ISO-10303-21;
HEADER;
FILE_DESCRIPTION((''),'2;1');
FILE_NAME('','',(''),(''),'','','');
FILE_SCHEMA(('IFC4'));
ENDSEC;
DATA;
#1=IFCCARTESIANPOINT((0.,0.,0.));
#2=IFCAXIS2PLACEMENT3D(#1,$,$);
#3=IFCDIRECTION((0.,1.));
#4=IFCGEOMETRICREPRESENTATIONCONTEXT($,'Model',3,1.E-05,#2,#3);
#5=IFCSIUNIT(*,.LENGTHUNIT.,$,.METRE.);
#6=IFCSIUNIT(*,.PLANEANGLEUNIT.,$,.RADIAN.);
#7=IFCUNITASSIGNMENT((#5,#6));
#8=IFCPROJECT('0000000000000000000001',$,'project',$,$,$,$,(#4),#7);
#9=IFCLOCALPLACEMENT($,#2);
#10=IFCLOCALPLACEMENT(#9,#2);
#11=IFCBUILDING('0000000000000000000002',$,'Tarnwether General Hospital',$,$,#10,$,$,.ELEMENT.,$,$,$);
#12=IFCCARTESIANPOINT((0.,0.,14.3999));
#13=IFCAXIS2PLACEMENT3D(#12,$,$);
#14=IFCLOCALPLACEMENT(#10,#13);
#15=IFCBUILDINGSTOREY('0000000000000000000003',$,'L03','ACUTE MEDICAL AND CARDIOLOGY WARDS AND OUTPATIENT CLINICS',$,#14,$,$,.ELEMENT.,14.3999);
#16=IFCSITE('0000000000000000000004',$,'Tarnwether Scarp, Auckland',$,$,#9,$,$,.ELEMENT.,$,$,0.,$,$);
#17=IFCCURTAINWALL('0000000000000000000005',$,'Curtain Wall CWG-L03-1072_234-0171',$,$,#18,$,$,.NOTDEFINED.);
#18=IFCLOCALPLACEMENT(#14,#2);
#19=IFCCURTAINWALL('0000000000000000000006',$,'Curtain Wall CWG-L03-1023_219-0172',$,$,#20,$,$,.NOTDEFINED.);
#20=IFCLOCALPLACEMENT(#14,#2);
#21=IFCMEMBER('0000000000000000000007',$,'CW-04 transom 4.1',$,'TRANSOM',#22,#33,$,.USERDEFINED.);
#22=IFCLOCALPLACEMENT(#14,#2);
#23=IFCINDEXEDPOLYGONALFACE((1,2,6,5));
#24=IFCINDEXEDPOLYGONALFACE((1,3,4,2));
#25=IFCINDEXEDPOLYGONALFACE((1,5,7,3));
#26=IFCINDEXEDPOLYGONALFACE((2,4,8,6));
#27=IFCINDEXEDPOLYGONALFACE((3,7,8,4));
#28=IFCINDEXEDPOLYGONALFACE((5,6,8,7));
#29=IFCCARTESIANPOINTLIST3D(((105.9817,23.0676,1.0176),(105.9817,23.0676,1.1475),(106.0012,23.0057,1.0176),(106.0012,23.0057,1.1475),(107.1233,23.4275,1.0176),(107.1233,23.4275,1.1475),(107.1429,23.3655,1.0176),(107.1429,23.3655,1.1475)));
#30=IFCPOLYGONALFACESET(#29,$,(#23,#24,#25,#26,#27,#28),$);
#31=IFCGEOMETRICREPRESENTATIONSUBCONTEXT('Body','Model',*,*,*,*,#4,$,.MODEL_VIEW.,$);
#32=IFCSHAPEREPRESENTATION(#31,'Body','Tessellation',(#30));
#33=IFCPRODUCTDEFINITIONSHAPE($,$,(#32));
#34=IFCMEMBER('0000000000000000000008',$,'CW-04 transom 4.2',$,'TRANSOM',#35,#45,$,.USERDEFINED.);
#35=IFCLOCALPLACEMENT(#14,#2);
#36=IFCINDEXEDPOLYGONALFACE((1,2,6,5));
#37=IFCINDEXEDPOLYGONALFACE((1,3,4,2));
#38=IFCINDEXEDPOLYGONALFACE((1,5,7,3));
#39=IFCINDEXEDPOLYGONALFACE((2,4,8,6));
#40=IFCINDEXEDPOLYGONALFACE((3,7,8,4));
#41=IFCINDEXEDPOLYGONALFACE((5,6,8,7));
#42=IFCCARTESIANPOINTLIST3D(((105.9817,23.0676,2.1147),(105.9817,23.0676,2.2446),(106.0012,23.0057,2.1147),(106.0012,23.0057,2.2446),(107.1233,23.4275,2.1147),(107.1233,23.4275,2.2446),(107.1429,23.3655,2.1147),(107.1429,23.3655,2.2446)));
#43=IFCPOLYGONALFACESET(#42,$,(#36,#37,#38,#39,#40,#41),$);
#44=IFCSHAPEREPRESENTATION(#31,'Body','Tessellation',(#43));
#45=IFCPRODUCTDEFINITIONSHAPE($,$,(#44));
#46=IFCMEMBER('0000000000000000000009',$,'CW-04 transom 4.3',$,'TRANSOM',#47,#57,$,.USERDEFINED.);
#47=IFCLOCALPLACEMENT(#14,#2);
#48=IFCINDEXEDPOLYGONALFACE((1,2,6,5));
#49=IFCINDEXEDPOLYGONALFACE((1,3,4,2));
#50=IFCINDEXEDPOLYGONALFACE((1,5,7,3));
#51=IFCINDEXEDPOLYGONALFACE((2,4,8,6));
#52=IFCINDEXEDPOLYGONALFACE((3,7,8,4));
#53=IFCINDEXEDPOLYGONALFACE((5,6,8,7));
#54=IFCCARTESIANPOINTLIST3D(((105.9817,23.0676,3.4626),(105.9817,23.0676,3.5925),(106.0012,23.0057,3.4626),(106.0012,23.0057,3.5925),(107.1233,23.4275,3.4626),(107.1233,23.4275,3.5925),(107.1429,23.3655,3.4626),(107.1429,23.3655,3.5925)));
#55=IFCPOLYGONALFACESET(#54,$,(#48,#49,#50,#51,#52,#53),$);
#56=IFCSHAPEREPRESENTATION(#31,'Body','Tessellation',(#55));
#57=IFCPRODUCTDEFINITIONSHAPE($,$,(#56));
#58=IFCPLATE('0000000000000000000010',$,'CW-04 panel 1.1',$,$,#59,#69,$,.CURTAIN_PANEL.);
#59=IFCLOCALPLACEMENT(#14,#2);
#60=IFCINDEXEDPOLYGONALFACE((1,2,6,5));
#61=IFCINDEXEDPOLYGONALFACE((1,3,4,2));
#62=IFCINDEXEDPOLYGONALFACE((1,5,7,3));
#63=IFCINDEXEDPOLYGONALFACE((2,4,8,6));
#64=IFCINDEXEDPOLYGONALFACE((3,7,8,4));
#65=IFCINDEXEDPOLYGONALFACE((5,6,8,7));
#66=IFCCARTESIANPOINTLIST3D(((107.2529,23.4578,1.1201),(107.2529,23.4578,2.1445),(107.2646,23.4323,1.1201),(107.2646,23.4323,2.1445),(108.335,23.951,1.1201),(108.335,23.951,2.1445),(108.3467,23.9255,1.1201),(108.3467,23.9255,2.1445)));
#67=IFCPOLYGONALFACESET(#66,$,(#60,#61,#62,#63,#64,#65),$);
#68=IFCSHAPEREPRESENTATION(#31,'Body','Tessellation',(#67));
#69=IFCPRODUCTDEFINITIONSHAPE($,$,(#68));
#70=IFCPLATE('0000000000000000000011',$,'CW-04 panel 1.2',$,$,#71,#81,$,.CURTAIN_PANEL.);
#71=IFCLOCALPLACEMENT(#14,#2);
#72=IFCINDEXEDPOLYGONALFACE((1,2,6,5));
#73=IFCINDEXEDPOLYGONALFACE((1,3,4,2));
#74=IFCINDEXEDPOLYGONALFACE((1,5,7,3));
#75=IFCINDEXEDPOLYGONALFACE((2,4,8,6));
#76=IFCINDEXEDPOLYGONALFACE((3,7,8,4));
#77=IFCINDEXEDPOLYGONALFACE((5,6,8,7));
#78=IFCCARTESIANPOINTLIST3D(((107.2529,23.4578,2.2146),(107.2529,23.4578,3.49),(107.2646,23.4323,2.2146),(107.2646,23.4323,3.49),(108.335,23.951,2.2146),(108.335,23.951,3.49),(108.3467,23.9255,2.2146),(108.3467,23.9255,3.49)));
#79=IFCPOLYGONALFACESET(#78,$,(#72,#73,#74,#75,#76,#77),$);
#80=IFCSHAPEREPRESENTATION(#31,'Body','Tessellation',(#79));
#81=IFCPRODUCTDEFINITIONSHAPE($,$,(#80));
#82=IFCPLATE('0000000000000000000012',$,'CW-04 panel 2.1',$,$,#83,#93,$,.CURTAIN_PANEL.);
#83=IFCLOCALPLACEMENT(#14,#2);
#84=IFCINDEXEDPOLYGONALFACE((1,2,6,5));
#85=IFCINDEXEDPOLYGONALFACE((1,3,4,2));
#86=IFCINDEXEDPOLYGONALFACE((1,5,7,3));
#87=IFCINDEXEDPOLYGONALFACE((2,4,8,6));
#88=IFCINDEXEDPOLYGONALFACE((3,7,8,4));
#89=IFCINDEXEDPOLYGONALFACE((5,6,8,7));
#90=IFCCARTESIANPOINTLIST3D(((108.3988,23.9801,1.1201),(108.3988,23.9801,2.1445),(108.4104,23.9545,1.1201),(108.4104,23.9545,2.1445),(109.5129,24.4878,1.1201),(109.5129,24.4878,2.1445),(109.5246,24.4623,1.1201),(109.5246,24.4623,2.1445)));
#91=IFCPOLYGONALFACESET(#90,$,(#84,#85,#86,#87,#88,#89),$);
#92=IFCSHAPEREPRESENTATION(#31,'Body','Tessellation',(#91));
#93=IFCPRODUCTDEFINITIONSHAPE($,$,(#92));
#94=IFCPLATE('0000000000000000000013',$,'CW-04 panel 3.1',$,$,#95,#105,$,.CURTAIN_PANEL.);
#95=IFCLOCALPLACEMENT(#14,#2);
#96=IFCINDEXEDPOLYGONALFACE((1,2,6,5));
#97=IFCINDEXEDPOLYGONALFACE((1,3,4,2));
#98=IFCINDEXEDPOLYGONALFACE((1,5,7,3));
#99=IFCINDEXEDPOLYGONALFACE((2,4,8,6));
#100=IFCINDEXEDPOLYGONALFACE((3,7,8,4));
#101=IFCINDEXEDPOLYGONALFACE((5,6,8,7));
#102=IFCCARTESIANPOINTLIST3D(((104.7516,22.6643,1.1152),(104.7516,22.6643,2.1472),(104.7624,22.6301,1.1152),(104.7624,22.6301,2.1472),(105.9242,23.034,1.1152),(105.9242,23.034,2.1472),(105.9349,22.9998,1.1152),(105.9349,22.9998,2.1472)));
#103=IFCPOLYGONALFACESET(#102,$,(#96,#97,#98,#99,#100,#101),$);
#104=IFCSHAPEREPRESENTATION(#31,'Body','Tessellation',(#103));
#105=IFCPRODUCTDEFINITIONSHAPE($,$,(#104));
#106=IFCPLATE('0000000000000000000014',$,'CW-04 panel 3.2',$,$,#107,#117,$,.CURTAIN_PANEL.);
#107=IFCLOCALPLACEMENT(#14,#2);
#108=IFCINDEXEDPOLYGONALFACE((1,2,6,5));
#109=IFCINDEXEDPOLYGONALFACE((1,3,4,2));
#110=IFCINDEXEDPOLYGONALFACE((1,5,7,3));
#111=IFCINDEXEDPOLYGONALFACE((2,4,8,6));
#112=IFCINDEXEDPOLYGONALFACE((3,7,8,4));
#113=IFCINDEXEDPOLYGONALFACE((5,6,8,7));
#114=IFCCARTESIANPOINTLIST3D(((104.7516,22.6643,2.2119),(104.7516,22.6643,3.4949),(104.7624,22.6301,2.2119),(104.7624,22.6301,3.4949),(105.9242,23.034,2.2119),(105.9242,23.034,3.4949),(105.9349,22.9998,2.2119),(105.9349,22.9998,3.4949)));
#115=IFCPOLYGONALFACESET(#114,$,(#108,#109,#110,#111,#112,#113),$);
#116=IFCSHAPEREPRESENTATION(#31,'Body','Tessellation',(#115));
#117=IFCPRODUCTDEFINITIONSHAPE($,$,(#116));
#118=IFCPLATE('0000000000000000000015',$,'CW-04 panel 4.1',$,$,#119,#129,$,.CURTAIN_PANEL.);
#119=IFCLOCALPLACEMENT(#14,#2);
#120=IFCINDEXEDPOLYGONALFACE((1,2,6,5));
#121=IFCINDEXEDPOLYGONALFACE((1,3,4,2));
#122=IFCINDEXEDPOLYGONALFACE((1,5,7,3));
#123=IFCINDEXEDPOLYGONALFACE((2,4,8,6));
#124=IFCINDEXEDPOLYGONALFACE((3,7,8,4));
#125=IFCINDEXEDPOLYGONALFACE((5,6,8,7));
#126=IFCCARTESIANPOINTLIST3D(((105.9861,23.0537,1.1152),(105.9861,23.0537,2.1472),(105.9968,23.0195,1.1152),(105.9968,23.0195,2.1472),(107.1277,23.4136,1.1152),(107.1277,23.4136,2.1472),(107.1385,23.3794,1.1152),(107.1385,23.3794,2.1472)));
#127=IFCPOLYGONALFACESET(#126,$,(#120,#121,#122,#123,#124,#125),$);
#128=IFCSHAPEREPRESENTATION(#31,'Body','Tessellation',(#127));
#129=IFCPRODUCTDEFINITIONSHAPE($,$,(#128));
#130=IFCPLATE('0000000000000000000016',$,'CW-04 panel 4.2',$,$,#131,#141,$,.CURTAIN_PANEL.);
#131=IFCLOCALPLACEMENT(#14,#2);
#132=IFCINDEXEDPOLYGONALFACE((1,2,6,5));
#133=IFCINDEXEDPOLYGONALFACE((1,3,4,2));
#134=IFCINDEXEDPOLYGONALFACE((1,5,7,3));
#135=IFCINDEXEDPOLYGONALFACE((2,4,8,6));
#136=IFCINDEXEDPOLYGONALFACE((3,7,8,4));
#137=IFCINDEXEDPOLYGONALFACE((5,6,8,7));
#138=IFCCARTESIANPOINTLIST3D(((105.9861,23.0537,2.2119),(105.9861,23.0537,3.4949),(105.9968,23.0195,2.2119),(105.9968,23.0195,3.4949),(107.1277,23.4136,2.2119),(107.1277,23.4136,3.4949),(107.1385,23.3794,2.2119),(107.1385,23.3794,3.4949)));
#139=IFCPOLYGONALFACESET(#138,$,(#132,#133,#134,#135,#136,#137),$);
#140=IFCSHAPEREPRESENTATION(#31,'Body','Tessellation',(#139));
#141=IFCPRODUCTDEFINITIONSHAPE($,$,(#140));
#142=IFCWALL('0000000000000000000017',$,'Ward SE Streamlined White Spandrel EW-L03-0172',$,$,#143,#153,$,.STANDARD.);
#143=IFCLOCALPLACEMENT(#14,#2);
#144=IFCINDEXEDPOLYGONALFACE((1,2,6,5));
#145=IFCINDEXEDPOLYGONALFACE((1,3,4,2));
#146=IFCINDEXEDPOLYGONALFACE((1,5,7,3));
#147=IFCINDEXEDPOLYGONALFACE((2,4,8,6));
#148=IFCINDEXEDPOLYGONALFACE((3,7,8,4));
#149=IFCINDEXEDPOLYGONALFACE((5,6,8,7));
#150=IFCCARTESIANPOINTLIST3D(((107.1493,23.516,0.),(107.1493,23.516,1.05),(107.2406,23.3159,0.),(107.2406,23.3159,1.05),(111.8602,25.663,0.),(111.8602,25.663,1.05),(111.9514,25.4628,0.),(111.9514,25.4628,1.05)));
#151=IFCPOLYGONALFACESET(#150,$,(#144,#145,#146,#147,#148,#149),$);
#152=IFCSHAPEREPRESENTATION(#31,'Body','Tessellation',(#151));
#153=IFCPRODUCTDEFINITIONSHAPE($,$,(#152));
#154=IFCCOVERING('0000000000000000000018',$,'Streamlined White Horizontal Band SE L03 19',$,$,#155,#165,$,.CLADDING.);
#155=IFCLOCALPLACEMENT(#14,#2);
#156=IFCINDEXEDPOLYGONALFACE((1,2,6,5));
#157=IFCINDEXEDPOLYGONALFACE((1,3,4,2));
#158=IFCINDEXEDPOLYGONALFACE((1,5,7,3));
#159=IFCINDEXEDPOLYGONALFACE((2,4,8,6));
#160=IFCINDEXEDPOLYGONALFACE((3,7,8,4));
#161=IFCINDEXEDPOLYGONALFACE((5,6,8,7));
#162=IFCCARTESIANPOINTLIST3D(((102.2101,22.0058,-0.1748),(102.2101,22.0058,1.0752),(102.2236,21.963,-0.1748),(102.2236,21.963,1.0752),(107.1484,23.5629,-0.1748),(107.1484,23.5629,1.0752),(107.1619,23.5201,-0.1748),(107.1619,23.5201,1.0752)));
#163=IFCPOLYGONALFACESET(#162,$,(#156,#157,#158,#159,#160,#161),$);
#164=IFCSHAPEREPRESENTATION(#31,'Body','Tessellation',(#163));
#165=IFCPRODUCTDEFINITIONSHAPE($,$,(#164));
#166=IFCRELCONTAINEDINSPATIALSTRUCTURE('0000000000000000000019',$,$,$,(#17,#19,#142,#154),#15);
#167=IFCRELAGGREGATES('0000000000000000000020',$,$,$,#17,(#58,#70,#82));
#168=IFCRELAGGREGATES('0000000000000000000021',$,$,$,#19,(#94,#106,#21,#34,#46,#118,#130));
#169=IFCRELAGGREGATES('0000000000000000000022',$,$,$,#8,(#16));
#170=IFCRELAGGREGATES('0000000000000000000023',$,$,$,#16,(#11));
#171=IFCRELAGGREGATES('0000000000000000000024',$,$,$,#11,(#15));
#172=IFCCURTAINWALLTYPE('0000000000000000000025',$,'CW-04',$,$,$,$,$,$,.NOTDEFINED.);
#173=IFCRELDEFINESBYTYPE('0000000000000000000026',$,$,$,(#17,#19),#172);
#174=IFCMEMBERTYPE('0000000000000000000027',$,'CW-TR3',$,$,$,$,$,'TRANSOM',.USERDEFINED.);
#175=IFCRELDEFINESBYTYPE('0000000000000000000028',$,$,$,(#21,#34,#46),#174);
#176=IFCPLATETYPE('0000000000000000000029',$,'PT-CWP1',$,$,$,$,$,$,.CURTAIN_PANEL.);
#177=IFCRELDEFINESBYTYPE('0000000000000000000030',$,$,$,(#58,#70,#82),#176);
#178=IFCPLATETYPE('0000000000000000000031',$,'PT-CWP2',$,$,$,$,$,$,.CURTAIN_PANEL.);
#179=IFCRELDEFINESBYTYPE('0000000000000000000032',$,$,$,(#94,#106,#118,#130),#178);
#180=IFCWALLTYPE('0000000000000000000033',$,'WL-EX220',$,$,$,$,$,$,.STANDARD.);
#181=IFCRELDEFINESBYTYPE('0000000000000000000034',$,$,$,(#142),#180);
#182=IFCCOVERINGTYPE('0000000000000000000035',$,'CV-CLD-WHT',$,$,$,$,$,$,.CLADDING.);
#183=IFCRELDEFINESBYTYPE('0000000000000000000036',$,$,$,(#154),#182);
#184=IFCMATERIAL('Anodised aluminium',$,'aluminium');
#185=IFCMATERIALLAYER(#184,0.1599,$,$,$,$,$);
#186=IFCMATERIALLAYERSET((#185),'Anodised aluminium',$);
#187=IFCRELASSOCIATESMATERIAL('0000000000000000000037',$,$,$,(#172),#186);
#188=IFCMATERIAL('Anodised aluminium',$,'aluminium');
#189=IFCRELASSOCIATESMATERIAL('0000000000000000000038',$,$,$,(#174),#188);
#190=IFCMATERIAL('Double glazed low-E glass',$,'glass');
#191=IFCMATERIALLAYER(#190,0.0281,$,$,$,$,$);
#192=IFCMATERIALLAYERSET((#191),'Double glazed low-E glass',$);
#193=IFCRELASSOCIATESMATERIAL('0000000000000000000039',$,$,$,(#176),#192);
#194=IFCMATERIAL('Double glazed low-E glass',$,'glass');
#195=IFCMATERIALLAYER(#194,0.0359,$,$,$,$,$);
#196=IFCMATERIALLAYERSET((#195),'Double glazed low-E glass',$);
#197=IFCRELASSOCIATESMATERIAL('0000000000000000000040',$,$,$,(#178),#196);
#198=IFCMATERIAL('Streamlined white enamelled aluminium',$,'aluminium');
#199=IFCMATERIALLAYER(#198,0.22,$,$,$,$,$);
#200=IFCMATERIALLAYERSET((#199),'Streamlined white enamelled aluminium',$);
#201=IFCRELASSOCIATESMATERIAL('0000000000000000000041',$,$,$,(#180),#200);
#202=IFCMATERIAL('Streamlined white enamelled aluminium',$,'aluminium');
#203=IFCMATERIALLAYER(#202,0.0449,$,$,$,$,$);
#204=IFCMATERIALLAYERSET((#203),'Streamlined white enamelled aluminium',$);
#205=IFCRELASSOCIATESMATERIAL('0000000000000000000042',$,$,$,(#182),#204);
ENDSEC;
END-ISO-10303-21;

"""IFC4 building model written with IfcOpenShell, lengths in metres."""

from ifc_helpers import new_model, si_unit, direction, frame, frame_2d, origin, origin_2d, place, context, subcontext, project, spatial, rectangle, extrude, material, layer, layer_set, material_profile, profile_set, type_object, element, aggregate, save


model = new_model("IFC4")

# Units and contexts
model_context = context("Model", 3, precision=1e-05, world=origin(), true_north=direction((0.0, 1.0)))
body_context = subcontext(model_context, "Body", "Model", "MODEL_VIEW")
ifc_project = project(units=[si_unit("LENGTHUNIT", "METRE"), si_unit("PLANEANGLEUNIT", "RADIAN")], contexts=[model_context])

# Site, building, storey
site_placement = place(None, origin())
site = spatial("IfcSite", under=ifc_project, at=site_placement, Name="Tarnwether Scarp, Auckland", CompositionType="ELEMENT", RefElevation=0.0)
building_placement = place(site_placement, origin())
building = spatial("IfcBuilding", under=site, at=building_placement, Name="Tarnwether General Hospital", CompositionType="ELEMENT")
storey_placement = place(building_placement, frame((0.0, 0.0, 14.3999)))
storey = spatial("IfcBuildingStorey", under=building, at=storey_placement, Name="L03", Description="ACUTE MEDICAL AND CARDIOLOGY WARDS AND OUTPATIENT CLINICS", CompositionType="ELEMENT", Elevation=14.3999)

# Curtain walls
ifc_material_1 = material(Name="Anodised aluminium", Category="aluminium")
ifc_layer_1 = layer(ifc_material_1, 0.1599)
ifc_layer_set_1 = layer_set([ifc_layer_1], Name="Anodised aluminium")
curtain_wall_type = type_object("IfcCurtainWallType", Name="CW-04", PredefinedType="NOTDEFINED", material=ifc_layer_set_1)
curtain_wall_1_placement = place(storey_placement, origin())
curtain_wall_1 = element("IfcCurtainWall", 1, at=curtain_wall_1_placement, inside=storey, type_object=curtain_wall_type, Name="Curtain Wall CWG-L03-1072_234-0171", PredefinedType="NOTDEFINED")
curtain_wall_2_placement = place(storey_placement, origin())
curtain_wall_2 = element("IfcCurtainWall", 2, at=curtain_wall_2_placement, inside=storey, type_object=curtain_wall_type, Name="Curtain Wall CWG-L03-1023_219-0172", PredefinedType="NOTDEFINED")

# Members
ifc_material_2 = material(Name="Anodised aluminium", Category="aluminium")
ifc_material_profile_1 = material_profile(ifc_material_2, rectangle(XDim=0.0649, YDim=0.1299, at=origin_2d()), Name="ALU-TRN-65x130")
ifc_profile_set_1 = profile_set([ifc_material_profile_1], Name="Anodised aluminium")
member_type_1 = type_object("IfcMemberType", Name="CW-TR3", ElementType="TRANSOM", PredefinedType="USERDEFINED", material=ifc_profile_set_1)
member_1_placement = place(storey_placement, frame((105.9915, 23.0366, 1.0825), z_axis=(0.953737, 0.300643, 0.0), x_axis=(-0.300643, 0.953737, 0.0)))
member_1 = element("IfcMember", 3, at=member_1_placement, type_object=member_type_1, Name="CW-04 transom 4.1", ObjectType="TRANSOM", PredefinedType="USERDEFINED", context=body_context, shape_type="SweptSolid", body=[
    extrude(rectangle(XDim=0.0649, YDim=0.1299, at=origin_2d()), origin(), (0.0, 0.0, 1.0), 1.197),
])
member_2_placement = place(storey_placement, frame((105.9915, 23.0366, 2.1797), z_axis=(0.953737, 0.300643, 0.0), x_axis=(-0.300643, 0.953737, 0.0)))
member_2 = element("IfcMember", 4, at=member_2_placement, type_object=member_type_1, Name="CW-04 transom 4.2", ObjectType="TRANSOM", PredefinedType="USERDEFINED", context=body_context, shape_type="SweptSolid", body=[
    extrude(rectangle(XDim=0.0649, YDim=0.1299, at=origin_2d()), origin(), (0.0, 0.0, 1.0), 1.197),
])
member_3_placement = place(storey_placement, frame((105.9915, 23.0366, 3.5276), z_axis=(0.953737, 0.300643, 0.0), x_axis=(-0.300643, 0.953737, 0.0)))
member_3 = element("IfcMember", 5, at=member_3_placement, type_object=member_type_1, Name="CW-04 transom 4.3", ObjectType="TRANSOM", PredefinedType="USERDEFINED", context=body_context, shape_type="SweptSolid", body=[
    extrude(rectangle(XDim=0.0649, YDim=0.1299, at=origin_2d()), origin(), (0.0, 0.0, 1.0), 1.197),
])

# Plates
ifc_material_3 = material(Name="Double glazed low-E glass", Category="glass")
ifc_layer_2 = layer(ifc_material_3, 0.0281)
ifc_layer_set_2 = layer_set([ifc_layer_2], Name="Double glazed low-E glass")
plate_type_1 = type_object("IfcPlateType", Name="PT-CWP1", PredefinedType="CURTAIN_PANEL", material=ifc_layer_set_2)
plate_1_placement = place(storey_placement, frame((107.7998, 23.6917, 1.1201), z_axis=(0.0, 0.0, 1.0), x_axis=(0.909956, 0.414705, 0.0)))
plate_1 = element("IfcPlate", 6, at=plate_1_placement, type_object=plate_type_1, Name="CW-04 panel 1.1", PredefinedType="CURTAIN_PANEL", context=body_context, shape_type="SweptSolid", body=[
    extrude(rectangle(XDim=1.1892, YDim=0.0281, at=origin_2d()), origin(), (0.0, 0.0, 1.0), 1.0244),
])
plate_2_placement = place(storey_placement, frame((107.7998, 23.6917, 2.2146), z_axis=(0.0, 0.0, 1.0), x_axis=(0.909956, 0.414705, 0.0)))
plate_2 = element("IfcPlate", 7, at=plate_2_placement, type_object=plate_type_1, Name="CW-04 panel 1.2", PredefinedType="CURTAIN_PANEL", context=body_context, shape_type="SweptSolid", body=[
    extrude(rectangle(XDim=1.1892, YDim=0.0281, at=origin_2d()), origin(), (0.0, 0.0, 1.0), 1.2754),
])
plate_3_placement = place(storey_placement, frame((108.9617, 24.2212, 1.1201), z_axis=(0.0, 0.0, 1.0), x_axis=(0.909956, 0.414705, 0.0)))
plate_3 = element("IfcPlate", 8, at=plate_3_placement, type_object=plate_type_1, Name="CW-04 panel 2.1", PredefinedType="CURTAIN_PANEL", context=body_context, shape_type="SweptSolid", body=[
    extrude(rectangle(XDim=1.2244, YDim=0.0281, at=origin_2d()), origin(), (0.0, 0.0, 1.0), 1.0244),
])
aggregate(curtain_wall_1, [plate_1, plate_2, plate_3])
ifc_material_4 = material(Name="Double glazed low-E glass", Category="glass")
ifc_layer_3 = layer(ifc_material_4, 0.0359)
ifc_layer_set_3 = layer_set([ifc_layer_3], Name="Double glazed low-E glass")
plate_type_2 = type_object("IfcPlateType", Name="PT-CWP2", PredefinedType="CURTAIN_PANEL", material=ifc_layer_set_3)
plate_4_placement = place(storey_placement, frame((105.3433, 22.832, 1.1152), z_axis=(0.0, 0.0, 1.0), x_axis=(0.953714, 0.300715, 0.0)))
plate_4 = element("IfcPlate", 9, at=plate_4_placement, type_object=plate_type_2, Name="CW-04 panel 3.1", PredefinedType="CURTAIN_PANEL", context=body_context, shape_type="SweptSolid", body=[
    extrude(rectangle(XDim=1.2295, YDim=0.0359, at=origin_2d()), origin(), (0.0, 0.0, 1.0), 1.032),
])
plate_5_placement = place(storey_placement, frame((105.3433, 22.832, 2.2119), z_axis=(0.0, 0.0, 1.0), x_axis=(0.953714, 0.300715, 0.0)))
plate_5 = element("IfcPlate", 10, at=plate_5_placement, type_object=plate_type_2, Name="CW-04 panel 3.2", PredefinedType="CURTAIN_PANEL", context=body_context, shape_type="SweptSolid", body=[
    extrude(rectangle(XDim=1.2295, YDim=0.0359, at=origin_2d()), origin(), (0.0, 0.0, 1.0), 1.283),
])
plate_6_placement = place(storey_placement, frame((106.5623, 23.2166, 1.1152), z_axis=(0.0, 0.0, 1.0), x_axis=(0.953714, 0.300715, 0.0)))
plate_6 = element("IfcPlate", 11, at=plate_6_placement, type_object=plate_type_2, Name="CW-04 panel 4.1", PredefinedType="CURTAIN_PANEL", context=body_context, shape_type="SweptSolid", body=[
    extrude(rectangle(XDim=1.197, YDim=0.0359, at=origin_2d()), origin(), (0.0, 0.0, 1.0), 1.032),
])
plate_7_placement = place(storey_placement, frame((106.5623, 23.2166, 2.2119), z_axis=(0.0, 0.0, 1.0), x_axis=(0.953714, 0.300715, 0.0)))
plate_7 = element("IfcPlate", 12, at=plate_7_placement, type_object=plate_type_2, Name="CW-04 panel 4.2", PredefinedType="CURTAIN_PANEL", context=body_context, shape_type="SweptSolid", body=[
    extrude(rectangle(XDim=1.197, YDim=0.0359, at=origin_2d()), origin(), (0.0, 0.0, 1.0), 1.283),
])
aggregate(curtain_wall_2, [plate_4, plate_5, member_1, member_2, member_3, plate_6, plate_7])

# Wall
ifc_material_5 = material(Name="Streamlined white enamelled aluminium", Category="aluminium")
ifc_layer_4 = layer(ifc_material_5, 0.22)
ifc_layer_set_4 = layer_set([ifc_layer_4], Name="Streamlined white enamelled aluminium")
wall_type = type_object("IfcWallType", Name="WL-EX220", PredefinedType="STANDARD", material=ifc_layer_set_4)
wall_placement = place(storey_placement, frame((107.1951, 23.416, 0.0), z_axis=(0.0, 0.0, 1.0), x_axis=(0.909956, 0.414705, 0.0)))
element("IfcWall", 13, at=wall_placement, inside=storey, type_object=wall_type, Name="Ward SE Streamlined White Spandrel EW-L03-0172", PredefinedType="STANDARD", context=body_context, shape_type="SweptSolid", body=[
    extrude(rectangle(XDim=5.177, YDim=0.22, at=frame_2d((2.5884, 0.0))), origin(), (0.0, 0.0, 1.0), 1.05),
])

# Covering
ifc_material_6 = material(Name="Streamlined white enamelled aluminium", Category="aluminium")
ifc_layer_5 = layer(ifc_material_6, 0.0449)
ifc_layer_set_5 = layer_set([ifc_layer_5], Name="Streamlined white enamelled aluminium")
covering_type = type_object("IfcCoveringType", Name="CV-CLD-WHT", PredefinedType="CLADDING", material=ifc_layer_set_5)
covering_placement = place(storey_placement, frame((104.686, 22.7629, -0.1748), z_axis=(0.0, 0.0, 1.0), x_axis=(0.953712, 0.300722, 0.0)))
element("IfcCovering", 14, at=covering_placement, inside=storey, type_object=covering_type, Name="Streamlined White Horizontal Band SE L03 19", PredefinedType="CLADDING", context=body_context, shape_type="SweptSolid", body=[
    extrude(rectangle(XDim=5.178, YDim=0.0449, at=origin_2d()), origin(), (0.0, 0.0, 1.0), 1.25),
])

save(model, "model.ifc")
